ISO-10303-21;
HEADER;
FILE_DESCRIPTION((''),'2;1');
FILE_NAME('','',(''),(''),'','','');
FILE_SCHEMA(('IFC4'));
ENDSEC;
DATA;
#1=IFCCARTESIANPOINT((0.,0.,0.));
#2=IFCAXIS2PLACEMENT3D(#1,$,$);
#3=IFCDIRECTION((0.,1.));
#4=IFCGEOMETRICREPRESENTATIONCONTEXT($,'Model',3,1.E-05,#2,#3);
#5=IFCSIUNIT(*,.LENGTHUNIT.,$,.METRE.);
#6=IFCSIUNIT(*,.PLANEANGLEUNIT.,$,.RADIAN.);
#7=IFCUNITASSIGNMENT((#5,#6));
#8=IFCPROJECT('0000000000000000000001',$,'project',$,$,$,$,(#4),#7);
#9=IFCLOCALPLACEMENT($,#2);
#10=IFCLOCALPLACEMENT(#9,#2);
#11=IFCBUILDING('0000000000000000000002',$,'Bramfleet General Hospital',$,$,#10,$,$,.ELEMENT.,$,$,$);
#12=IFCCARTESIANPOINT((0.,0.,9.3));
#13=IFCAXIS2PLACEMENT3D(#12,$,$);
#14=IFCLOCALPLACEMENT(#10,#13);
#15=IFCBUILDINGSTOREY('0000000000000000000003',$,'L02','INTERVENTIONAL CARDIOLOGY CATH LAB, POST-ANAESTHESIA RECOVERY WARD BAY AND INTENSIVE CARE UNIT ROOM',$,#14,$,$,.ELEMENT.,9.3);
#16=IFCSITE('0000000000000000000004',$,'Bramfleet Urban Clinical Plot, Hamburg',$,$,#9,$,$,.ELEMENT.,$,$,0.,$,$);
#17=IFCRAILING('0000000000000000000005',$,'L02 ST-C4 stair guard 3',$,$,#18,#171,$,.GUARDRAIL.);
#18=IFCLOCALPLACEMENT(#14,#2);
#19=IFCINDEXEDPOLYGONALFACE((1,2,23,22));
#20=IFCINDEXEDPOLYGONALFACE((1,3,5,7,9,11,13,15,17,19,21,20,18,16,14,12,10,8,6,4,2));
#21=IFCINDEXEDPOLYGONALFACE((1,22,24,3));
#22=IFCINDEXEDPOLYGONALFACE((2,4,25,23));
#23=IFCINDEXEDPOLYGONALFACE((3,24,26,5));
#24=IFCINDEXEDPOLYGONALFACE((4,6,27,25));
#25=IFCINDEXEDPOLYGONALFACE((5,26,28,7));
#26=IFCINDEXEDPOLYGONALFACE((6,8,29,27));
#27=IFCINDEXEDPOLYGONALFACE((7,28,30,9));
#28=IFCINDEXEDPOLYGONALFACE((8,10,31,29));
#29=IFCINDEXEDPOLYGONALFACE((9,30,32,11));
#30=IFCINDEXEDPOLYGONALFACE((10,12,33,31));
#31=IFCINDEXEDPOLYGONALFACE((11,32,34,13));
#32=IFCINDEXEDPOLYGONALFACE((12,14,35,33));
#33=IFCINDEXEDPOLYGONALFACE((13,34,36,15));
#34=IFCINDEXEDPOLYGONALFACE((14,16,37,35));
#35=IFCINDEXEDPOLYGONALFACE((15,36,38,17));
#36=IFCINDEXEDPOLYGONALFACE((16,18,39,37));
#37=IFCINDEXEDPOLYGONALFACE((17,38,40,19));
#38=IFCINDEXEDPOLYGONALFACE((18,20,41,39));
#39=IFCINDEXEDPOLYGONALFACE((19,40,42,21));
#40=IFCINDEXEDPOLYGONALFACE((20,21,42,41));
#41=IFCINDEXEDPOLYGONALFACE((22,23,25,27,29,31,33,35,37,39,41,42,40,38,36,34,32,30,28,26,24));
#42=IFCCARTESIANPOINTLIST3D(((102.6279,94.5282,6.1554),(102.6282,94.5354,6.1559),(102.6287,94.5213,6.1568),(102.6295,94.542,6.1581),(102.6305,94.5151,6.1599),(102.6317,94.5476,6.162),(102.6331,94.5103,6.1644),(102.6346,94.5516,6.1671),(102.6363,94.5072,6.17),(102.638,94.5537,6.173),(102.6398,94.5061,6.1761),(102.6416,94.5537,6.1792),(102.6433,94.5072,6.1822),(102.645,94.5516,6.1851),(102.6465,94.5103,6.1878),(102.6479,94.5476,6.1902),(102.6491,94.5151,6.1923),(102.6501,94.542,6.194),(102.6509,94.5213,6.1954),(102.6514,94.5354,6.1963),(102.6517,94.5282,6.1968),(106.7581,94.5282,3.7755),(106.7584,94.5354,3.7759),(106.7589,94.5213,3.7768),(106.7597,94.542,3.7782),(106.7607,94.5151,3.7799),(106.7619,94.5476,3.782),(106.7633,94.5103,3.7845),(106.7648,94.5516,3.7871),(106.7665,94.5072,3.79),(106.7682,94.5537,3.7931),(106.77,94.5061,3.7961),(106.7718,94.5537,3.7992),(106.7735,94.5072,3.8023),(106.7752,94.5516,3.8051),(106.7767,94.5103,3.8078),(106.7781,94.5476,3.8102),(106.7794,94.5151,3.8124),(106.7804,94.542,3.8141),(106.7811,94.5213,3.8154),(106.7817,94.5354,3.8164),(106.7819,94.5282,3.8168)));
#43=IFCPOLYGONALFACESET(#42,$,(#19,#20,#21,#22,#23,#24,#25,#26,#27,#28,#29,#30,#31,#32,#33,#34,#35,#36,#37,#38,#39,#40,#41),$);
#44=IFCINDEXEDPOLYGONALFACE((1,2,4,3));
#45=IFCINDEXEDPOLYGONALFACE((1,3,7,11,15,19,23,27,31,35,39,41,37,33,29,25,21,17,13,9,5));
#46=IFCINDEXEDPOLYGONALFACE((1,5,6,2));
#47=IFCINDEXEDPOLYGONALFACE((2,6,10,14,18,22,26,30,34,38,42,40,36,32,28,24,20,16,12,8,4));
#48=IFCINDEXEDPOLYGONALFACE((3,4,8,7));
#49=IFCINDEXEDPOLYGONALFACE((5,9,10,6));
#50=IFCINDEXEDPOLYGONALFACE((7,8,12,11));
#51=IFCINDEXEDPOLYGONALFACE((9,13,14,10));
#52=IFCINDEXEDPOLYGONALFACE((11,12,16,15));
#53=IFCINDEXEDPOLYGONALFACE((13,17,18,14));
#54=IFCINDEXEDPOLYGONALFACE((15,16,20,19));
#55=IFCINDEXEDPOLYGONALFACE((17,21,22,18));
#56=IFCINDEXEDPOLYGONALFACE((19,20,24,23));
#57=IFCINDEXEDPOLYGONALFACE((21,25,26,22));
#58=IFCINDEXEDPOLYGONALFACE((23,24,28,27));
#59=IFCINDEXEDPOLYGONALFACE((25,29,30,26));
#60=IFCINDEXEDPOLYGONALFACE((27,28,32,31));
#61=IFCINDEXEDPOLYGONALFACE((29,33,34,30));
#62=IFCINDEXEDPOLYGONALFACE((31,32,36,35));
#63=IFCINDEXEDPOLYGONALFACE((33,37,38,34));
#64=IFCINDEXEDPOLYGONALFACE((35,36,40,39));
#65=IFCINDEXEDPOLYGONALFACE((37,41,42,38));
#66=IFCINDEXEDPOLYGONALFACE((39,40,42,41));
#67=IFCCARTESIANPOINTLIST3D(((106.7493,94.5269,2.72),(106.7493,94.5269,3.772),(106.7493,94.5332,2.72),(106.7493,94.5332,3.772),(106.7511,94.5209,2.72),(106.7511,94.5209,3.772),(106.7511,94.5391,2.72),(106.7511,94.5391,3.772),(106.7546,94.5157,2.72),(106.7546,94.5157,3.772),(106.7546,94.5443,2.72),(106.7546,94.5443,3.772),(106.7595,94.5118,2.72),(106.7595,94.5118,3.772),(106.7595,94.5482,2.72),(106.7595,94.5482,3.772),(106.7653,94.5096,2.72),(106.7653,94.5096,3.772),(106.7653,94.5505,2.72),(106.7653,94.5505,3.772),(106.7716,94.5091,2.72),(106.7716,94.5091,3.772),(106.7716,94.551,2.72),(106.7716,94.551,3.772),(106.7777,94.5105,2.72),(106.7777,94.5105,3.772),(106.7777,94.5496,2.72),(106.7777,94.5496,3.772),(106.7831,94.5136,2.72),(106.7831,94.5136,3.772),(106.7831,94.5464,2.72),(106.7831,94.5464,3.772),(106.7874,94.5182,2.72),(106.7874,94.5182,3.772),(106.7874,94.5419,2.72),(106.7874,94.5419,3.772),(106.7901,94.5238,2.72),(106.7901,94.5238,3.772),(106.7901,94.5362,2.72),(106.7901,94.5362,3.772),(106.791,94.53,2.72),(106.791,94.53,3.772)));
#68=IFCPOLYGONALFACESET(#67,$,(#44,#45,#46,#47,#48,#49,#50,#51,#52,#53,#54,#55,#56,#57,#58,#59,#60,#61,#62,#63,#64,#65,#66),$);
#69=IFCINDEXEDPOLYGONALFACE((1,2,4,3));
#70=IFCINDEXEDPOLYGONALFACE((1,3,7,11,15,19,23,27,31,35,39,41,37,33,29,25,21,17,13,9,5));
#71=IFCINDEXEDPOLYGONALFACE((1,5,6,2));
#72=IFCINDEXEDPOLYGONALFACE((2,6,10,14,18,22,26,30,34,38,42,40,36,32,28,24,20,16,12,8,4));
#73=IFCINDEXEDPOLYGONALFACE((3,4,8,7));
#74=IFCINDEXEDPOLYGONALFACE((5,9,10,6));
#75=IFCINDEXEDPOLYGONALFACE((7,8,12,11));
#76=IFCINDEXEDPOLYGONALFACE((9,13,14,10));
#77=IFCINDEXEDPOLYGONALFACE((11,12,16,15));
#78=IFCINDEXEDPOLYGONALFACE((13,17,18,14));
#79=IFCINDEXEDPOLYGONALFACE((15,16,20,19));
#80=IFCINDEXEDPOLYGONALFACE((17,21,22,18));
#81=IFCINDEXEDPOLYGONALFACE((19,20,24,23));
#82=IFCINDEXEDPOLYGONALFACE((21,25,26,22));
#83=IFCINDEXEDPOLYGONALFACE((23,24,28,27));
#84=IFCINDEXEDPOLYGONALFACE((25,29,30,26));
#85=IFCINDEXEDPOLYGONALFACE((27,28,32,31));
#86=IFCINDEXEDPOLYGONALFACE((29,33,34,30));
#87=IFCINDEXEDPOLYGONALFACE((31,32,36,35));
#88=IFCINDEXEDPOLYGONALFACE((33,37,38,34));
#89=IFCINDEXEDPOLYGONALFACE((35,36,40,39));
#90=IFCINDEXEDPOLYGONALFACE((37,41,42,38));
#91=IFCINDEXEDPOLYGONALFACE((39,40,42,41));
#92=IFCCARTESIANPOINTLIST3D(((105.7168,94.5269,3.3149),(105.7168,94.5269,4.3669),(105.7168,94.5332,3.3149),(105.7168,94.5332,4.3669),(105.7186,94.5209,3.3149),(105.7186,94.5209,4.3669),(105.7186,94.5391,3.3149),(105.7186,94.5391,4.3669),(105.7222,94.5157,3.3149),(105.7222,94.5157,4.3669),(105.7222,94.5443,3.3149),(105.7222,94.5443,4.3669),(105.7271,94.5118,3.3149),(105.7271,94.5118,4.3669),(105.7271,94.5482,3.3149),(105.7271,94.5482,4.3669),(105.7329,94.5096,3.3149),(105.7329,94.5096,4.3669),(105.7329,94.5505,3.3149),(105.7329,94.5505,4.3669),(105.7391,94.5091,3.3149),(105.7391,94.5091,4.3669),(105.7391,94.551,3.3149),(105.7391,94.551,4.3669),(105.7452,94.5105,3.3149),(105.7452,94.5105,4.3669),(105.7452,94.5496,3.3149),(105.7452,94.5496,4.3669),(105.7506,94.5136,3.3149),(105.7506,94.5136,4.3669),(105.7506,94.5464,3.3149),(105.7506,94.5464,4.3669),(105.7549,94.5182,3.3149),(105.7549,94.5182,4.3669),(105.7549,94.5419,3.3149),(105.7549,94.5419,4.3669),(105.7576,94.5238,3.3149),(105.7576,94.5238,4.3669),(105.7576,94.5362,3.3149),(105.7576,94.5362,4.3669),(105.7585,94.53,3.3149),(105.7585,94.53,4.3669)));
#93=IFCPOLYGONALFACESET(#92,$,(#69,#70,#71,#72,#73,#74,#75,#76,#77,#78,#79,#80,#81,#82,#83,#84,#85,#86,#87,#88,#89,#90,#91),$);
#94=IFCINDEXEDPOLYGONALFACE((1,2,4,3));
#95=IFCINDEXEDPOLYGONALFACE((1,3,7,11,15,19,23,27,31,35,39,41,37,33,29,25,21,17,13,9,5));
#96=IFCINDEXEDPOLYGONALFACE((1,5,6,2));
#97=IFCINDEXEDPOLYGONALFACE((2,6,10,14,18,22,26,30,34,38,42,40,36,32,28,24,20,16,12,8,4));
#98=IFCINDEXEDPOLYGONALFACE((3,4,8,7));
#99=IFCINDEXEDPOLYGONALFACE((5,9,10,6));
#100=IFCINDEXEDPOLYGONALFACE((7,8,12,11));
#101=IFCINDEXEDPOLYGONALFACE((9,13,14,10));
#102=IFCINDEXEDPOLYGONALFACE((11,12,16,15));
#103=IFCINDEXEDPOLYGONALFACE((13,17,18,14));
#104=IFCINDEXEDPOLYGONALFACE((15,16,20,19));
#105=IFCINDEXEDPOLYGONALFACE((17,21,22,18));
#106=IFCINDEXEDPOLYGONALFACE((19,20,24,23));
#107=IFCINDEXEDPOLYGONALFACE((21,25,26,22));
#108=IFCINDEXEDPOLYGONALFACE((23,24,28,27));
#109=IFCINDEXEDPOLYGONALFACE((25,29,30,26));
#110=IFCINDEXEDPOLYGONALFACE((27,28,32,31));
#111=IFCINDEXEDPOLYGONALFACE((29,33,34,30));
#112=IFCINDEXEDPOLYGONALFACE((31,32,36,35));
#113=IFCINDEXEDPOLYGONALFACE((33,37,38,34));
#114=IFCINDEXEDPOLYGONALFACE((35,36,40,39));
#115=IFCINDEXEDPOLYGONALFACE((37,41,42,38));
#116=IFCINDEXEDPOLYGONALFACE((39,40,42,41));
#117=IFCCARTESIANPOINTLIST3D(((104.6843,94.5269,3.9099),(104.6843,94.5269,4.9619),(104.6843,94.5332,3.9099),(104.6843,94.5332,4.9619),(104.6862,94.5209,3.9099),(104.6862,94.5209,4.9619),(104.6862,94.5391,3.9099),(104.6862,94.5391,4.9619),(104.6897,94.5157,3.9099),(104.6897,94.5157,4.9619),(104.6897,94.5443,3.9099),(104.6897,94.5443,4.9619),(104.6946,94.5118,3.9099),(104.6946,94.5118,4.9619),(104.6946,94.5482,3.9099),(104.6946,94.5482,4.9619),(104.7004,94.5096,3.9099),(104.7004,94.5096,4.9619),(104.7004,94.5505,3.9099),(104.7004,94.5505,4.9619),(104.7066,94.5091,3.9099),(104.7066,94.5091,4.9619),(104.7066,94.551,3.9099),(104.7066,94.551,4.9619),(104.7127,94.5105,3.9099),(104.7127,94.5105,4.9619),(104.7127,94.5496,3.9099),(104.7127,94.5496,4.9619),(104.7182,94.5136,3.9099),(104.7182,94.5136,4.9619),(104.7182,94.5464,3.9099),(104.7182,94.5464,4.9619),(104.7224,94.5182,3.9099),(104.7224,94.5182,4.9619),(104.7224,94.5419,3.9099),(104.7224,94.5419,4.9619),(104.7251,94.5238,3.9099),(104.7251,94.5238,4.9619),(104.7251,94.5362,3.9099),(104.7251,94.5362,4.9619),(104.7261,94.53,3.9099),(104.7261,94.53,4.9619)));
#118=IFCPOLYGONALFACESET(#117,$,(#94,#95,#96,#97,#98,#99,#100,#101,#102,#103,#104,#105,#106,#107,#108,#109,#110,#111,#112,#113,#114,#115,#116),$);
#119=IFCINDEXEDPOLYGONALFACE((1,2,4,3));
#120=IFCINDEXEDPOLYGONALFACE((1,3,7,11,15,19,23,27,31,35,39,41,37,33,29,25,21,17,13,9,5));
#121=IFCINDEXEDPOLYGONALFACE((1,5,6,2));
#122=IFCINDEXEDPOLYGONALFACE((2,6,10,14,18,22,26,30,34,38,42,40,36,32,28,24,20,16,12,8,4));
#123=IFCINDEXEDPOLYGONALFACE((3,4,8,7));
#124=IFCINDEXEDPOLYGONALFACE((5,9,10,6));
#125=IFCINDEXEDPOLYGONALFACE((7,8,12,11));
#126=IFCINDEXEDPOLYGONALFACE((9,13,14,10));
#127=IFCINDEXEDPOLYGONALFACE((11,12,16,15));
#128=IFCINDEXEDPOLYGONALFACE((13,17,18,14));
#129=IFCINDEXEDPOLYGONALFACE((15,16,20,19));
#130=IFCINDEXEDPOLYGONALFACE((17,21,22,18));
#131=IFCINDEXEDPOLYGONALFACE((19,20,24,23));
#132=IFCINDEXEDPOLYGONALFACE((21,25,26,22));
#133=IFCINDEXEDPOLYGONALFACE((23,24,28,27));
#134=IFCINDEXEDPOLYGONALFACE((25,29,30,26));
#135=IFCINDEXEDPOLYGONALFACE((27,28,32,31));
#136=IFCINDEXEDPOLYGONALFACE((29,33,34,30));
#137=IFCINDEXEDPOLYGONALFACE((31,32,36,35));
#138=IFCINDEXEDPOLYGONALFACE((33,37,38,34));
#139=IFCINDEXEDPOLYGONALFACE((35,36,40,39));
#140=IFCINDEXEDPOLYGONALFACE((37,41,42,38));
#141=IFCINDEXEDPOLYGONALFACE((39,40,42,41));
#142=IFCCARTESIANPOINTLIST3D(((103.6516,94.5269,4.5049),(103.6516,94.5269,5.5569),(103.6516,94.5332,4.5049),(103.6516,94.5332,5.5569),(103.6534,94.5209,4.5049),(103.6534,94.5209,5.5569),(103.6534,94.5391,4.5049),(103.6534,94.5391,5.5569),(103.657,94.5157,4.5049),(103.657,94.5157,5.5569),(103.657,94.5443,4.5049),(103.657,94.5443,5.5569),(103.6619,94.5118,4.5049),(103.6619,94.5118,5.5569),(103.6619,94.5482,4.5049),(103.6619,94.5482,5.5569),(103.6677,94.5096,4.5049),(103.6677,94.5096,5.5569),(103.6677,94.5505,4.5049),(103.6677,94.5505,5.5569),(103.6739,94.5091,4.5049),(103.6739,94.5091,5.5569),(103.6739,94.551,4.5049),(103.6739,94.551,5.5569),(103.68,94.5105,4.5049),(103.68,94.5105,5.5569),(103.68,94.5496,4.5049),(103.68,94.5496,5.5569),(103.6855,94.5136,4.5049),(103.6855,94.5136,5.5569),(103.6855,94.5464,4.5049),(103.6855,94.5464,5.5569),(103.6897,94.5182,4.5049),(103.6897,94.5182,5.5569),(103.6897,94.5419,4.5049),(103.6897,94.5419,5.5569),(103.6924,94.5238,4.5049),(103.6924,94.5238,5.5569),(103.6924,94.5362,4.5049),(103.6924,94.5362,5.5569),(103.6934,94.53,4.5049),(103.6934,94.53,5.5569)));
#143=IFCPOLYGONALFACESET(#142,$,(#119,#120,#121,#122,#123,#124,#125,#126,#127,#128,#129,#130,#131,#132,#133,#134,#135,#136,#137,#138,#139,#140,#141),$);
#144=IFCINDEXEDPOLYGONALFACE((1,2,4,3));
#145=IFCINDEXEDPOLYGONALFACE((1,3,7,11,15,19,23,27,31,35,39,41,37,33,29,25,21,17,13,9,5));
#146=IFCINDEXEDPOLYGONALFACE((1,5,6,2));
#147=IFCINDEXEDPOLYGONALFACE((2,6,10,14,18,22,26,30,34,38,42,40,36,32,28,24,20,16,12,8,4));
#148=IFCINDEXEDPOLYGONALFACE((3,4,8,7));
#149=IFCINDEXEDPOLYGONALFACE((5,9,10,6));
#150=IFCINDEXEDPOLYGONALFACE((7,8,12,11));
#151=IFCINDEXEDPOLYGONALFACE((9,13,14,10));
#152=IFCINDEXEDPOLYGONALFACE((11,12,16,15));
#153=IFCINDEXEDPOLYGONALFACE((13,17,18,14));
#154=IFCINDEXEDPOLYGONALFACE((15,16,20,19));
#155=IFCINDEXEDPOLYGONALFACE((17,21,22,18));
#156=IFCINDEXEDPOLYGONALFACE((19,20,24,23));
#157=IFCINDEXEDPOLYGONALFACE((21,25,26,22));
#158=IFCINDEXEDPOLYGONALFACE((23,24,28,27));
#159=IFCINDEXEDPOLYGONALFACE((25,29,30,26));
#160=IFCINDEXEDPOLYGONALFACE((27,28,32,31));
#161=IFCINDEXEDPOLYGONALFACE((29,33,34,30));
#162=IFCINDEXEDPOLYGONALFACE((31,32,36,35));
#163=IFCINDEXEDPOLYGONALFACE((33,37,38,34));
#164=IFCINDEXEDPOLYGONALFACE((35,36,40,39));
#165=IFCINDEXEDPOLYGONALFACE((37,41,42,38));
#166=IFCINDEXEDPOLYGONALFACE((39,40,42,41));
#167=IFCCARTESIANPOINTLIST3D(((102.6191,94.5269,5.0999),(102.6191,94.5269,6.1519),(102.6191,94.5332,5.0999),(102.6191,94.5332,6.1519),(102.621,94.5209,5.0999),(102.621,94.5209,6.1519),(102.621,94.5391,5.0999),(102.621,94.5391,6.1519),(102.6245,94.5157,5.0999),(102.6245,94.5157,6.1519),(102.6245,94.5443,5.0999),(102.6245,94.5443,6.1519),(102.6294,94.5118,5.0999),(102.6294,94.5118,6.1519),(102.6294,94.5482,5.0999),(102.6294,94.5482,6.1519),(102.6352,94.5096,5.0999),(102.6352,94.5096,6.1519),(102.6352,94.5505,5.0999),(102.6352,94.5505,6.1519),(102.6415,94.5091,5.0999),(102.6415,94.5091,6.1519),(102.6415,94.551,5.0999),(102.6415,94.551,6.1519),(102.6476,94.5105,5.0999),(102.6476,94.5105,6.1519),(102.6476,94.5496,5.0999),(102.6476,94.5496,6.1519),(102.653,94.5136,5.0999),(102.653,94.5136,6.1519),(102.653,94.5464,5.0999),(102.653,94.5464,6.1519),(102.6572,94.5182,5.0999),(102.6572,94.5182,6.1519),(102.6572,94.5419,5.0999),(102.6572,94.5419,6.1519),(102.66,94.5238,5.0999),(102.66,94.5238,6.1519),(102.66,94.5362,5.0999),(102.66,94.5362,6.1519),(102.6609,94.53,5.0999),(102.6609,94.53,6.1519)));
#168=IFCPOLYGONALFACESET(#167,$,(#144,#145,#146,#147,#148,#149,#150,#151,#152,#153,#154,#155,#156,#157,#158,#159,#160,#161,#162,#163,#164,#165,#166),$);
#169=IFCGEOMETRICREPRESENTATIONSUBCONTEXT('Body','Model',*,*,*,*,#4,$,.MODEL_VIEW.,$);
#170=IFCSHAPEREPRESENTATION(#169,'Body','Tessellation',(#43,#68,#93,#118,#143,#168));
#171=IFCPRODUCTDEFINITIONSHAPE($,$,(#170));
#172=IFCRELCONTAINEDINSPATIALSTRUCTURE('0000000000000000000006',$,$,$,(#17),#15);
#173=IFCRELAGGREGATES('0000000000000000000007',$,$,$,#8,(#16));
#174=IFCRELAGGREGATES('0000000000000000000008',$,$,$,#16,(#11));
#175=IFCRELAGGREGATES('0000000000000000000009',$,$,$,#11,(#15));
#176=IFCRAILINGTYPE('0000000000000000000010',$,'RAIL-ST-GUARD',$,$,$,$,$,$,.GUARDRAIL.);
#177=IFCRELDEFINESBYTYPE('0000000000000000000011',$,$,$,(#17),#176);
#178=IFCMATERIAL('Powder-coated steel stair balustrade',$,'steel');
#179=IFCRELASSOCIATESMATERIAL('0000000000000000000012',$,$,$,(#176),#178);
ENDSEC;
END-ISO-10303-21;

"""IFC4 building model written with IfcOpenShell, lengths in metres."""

from ifc_helpers import new_model, si_unit, direction, frame, origin, origin_2d, place, context, subcontext, project, spatial, circle, extrude, material, type_object, element, save


model = new_model("IFC4")

# Units and contexts
model_context = context("Model", 3, precision=1e-05, world=origin(), true_north=direction((0.0, 1.0)))
body_context = subcontext(model_context, "Body", "Model", "MODEL_VIEW")
ifc_project = project(units=[si_unit("LENGTHUNIT", "METRE"), si_unit("PLANEANGLEUNIT", "RADIAN")], contexts=[model_context])

# Site, building, storey
site_placement = place(None, origin())
site = spatial("IfcSite", under=ifc_project, at=site_placement, Name="Bramfleet Urban Clinical Plot, Hamburg", CompositionType="ELEMENT", RefElevation=0.0)
building_placement = place(site_placement, origin())
building = spatial("IfcBuilding", under=site, at=building_placement, Name="Bramfleet General Hospital", CompositionType="ELEMENT")
storey_placement = place(building_placement, frame((0.0, 0.0, 9.3)))
storey = spatial("IfcBuildingStorey", under=building, at=storey_placement, Name="L02", Description="INTERVENTIONAL CARDIOLOGY CATH LAB, POST-ANAESTHESIA RECOVERY WARD BAY AND INTENSIVE CARE UNIT ROOM", CompositionType="ELEMENT", Elevation=9.3)

# Railing
ifc_material_1 = material(Name="Powder-coated steel stair balustrade", Category="steel")
railing_type_1 = type_object("IfcRailingType", Name="RAIL-ST-GUARD", PredefinedType="GUARDRAIL", material=ifc_material_1)
railing_1_placement = place(storey_placement, frame((106.77, 94.53, 2.72)))
element("IfcRailing", 1, at=railing_1_placement, inside=storey, type_object=railing_type_1, Name="L02 ST-C4 stair guard 3", PredefinedType="GUARDRAIL", context=body_context, shape_type="SweptSolid", body=[
    extrude(circle(Radius=0.0239, at=origin_2d()), frame((0.0, 0.0, 1.0762), z_axis=(-0.866447, 0.0, 0.499269), x_axis=(0.0, -1.0, 0.0)), (0.0, 0.0, 1.0), 4.7668),
    extrude(circle(Radius=0.021, at=origin_2d()), origin(), (0.0, 0.0, 1.0), 1.052),
    extrude(circle(Radius=0.021, at=origin_2d()), frame((-1.0325, 0.0, 0.595)), (0.0, 0.0, 1.0), 1.052),
    extrude(circle(Radius=0.021, at=origin_2d()), frame((-2.0649, 0.0, 1.1899)), (0.0, 0.0, 1.0), 1.052),
    extrude(circle(Radius=0.021, at=origin_2d()), frame((-3.0977, 0.0, 1.7849)), (0.0, 0.0, 1.0), 1.052),
    extrude(circle(Radius=0.021, at=origin_2d()), frame((-4.1301, 0.0, 2.3799)), (0.0, 0.0, 1.0), 1.052),
])

save(model, "model.ifc")
